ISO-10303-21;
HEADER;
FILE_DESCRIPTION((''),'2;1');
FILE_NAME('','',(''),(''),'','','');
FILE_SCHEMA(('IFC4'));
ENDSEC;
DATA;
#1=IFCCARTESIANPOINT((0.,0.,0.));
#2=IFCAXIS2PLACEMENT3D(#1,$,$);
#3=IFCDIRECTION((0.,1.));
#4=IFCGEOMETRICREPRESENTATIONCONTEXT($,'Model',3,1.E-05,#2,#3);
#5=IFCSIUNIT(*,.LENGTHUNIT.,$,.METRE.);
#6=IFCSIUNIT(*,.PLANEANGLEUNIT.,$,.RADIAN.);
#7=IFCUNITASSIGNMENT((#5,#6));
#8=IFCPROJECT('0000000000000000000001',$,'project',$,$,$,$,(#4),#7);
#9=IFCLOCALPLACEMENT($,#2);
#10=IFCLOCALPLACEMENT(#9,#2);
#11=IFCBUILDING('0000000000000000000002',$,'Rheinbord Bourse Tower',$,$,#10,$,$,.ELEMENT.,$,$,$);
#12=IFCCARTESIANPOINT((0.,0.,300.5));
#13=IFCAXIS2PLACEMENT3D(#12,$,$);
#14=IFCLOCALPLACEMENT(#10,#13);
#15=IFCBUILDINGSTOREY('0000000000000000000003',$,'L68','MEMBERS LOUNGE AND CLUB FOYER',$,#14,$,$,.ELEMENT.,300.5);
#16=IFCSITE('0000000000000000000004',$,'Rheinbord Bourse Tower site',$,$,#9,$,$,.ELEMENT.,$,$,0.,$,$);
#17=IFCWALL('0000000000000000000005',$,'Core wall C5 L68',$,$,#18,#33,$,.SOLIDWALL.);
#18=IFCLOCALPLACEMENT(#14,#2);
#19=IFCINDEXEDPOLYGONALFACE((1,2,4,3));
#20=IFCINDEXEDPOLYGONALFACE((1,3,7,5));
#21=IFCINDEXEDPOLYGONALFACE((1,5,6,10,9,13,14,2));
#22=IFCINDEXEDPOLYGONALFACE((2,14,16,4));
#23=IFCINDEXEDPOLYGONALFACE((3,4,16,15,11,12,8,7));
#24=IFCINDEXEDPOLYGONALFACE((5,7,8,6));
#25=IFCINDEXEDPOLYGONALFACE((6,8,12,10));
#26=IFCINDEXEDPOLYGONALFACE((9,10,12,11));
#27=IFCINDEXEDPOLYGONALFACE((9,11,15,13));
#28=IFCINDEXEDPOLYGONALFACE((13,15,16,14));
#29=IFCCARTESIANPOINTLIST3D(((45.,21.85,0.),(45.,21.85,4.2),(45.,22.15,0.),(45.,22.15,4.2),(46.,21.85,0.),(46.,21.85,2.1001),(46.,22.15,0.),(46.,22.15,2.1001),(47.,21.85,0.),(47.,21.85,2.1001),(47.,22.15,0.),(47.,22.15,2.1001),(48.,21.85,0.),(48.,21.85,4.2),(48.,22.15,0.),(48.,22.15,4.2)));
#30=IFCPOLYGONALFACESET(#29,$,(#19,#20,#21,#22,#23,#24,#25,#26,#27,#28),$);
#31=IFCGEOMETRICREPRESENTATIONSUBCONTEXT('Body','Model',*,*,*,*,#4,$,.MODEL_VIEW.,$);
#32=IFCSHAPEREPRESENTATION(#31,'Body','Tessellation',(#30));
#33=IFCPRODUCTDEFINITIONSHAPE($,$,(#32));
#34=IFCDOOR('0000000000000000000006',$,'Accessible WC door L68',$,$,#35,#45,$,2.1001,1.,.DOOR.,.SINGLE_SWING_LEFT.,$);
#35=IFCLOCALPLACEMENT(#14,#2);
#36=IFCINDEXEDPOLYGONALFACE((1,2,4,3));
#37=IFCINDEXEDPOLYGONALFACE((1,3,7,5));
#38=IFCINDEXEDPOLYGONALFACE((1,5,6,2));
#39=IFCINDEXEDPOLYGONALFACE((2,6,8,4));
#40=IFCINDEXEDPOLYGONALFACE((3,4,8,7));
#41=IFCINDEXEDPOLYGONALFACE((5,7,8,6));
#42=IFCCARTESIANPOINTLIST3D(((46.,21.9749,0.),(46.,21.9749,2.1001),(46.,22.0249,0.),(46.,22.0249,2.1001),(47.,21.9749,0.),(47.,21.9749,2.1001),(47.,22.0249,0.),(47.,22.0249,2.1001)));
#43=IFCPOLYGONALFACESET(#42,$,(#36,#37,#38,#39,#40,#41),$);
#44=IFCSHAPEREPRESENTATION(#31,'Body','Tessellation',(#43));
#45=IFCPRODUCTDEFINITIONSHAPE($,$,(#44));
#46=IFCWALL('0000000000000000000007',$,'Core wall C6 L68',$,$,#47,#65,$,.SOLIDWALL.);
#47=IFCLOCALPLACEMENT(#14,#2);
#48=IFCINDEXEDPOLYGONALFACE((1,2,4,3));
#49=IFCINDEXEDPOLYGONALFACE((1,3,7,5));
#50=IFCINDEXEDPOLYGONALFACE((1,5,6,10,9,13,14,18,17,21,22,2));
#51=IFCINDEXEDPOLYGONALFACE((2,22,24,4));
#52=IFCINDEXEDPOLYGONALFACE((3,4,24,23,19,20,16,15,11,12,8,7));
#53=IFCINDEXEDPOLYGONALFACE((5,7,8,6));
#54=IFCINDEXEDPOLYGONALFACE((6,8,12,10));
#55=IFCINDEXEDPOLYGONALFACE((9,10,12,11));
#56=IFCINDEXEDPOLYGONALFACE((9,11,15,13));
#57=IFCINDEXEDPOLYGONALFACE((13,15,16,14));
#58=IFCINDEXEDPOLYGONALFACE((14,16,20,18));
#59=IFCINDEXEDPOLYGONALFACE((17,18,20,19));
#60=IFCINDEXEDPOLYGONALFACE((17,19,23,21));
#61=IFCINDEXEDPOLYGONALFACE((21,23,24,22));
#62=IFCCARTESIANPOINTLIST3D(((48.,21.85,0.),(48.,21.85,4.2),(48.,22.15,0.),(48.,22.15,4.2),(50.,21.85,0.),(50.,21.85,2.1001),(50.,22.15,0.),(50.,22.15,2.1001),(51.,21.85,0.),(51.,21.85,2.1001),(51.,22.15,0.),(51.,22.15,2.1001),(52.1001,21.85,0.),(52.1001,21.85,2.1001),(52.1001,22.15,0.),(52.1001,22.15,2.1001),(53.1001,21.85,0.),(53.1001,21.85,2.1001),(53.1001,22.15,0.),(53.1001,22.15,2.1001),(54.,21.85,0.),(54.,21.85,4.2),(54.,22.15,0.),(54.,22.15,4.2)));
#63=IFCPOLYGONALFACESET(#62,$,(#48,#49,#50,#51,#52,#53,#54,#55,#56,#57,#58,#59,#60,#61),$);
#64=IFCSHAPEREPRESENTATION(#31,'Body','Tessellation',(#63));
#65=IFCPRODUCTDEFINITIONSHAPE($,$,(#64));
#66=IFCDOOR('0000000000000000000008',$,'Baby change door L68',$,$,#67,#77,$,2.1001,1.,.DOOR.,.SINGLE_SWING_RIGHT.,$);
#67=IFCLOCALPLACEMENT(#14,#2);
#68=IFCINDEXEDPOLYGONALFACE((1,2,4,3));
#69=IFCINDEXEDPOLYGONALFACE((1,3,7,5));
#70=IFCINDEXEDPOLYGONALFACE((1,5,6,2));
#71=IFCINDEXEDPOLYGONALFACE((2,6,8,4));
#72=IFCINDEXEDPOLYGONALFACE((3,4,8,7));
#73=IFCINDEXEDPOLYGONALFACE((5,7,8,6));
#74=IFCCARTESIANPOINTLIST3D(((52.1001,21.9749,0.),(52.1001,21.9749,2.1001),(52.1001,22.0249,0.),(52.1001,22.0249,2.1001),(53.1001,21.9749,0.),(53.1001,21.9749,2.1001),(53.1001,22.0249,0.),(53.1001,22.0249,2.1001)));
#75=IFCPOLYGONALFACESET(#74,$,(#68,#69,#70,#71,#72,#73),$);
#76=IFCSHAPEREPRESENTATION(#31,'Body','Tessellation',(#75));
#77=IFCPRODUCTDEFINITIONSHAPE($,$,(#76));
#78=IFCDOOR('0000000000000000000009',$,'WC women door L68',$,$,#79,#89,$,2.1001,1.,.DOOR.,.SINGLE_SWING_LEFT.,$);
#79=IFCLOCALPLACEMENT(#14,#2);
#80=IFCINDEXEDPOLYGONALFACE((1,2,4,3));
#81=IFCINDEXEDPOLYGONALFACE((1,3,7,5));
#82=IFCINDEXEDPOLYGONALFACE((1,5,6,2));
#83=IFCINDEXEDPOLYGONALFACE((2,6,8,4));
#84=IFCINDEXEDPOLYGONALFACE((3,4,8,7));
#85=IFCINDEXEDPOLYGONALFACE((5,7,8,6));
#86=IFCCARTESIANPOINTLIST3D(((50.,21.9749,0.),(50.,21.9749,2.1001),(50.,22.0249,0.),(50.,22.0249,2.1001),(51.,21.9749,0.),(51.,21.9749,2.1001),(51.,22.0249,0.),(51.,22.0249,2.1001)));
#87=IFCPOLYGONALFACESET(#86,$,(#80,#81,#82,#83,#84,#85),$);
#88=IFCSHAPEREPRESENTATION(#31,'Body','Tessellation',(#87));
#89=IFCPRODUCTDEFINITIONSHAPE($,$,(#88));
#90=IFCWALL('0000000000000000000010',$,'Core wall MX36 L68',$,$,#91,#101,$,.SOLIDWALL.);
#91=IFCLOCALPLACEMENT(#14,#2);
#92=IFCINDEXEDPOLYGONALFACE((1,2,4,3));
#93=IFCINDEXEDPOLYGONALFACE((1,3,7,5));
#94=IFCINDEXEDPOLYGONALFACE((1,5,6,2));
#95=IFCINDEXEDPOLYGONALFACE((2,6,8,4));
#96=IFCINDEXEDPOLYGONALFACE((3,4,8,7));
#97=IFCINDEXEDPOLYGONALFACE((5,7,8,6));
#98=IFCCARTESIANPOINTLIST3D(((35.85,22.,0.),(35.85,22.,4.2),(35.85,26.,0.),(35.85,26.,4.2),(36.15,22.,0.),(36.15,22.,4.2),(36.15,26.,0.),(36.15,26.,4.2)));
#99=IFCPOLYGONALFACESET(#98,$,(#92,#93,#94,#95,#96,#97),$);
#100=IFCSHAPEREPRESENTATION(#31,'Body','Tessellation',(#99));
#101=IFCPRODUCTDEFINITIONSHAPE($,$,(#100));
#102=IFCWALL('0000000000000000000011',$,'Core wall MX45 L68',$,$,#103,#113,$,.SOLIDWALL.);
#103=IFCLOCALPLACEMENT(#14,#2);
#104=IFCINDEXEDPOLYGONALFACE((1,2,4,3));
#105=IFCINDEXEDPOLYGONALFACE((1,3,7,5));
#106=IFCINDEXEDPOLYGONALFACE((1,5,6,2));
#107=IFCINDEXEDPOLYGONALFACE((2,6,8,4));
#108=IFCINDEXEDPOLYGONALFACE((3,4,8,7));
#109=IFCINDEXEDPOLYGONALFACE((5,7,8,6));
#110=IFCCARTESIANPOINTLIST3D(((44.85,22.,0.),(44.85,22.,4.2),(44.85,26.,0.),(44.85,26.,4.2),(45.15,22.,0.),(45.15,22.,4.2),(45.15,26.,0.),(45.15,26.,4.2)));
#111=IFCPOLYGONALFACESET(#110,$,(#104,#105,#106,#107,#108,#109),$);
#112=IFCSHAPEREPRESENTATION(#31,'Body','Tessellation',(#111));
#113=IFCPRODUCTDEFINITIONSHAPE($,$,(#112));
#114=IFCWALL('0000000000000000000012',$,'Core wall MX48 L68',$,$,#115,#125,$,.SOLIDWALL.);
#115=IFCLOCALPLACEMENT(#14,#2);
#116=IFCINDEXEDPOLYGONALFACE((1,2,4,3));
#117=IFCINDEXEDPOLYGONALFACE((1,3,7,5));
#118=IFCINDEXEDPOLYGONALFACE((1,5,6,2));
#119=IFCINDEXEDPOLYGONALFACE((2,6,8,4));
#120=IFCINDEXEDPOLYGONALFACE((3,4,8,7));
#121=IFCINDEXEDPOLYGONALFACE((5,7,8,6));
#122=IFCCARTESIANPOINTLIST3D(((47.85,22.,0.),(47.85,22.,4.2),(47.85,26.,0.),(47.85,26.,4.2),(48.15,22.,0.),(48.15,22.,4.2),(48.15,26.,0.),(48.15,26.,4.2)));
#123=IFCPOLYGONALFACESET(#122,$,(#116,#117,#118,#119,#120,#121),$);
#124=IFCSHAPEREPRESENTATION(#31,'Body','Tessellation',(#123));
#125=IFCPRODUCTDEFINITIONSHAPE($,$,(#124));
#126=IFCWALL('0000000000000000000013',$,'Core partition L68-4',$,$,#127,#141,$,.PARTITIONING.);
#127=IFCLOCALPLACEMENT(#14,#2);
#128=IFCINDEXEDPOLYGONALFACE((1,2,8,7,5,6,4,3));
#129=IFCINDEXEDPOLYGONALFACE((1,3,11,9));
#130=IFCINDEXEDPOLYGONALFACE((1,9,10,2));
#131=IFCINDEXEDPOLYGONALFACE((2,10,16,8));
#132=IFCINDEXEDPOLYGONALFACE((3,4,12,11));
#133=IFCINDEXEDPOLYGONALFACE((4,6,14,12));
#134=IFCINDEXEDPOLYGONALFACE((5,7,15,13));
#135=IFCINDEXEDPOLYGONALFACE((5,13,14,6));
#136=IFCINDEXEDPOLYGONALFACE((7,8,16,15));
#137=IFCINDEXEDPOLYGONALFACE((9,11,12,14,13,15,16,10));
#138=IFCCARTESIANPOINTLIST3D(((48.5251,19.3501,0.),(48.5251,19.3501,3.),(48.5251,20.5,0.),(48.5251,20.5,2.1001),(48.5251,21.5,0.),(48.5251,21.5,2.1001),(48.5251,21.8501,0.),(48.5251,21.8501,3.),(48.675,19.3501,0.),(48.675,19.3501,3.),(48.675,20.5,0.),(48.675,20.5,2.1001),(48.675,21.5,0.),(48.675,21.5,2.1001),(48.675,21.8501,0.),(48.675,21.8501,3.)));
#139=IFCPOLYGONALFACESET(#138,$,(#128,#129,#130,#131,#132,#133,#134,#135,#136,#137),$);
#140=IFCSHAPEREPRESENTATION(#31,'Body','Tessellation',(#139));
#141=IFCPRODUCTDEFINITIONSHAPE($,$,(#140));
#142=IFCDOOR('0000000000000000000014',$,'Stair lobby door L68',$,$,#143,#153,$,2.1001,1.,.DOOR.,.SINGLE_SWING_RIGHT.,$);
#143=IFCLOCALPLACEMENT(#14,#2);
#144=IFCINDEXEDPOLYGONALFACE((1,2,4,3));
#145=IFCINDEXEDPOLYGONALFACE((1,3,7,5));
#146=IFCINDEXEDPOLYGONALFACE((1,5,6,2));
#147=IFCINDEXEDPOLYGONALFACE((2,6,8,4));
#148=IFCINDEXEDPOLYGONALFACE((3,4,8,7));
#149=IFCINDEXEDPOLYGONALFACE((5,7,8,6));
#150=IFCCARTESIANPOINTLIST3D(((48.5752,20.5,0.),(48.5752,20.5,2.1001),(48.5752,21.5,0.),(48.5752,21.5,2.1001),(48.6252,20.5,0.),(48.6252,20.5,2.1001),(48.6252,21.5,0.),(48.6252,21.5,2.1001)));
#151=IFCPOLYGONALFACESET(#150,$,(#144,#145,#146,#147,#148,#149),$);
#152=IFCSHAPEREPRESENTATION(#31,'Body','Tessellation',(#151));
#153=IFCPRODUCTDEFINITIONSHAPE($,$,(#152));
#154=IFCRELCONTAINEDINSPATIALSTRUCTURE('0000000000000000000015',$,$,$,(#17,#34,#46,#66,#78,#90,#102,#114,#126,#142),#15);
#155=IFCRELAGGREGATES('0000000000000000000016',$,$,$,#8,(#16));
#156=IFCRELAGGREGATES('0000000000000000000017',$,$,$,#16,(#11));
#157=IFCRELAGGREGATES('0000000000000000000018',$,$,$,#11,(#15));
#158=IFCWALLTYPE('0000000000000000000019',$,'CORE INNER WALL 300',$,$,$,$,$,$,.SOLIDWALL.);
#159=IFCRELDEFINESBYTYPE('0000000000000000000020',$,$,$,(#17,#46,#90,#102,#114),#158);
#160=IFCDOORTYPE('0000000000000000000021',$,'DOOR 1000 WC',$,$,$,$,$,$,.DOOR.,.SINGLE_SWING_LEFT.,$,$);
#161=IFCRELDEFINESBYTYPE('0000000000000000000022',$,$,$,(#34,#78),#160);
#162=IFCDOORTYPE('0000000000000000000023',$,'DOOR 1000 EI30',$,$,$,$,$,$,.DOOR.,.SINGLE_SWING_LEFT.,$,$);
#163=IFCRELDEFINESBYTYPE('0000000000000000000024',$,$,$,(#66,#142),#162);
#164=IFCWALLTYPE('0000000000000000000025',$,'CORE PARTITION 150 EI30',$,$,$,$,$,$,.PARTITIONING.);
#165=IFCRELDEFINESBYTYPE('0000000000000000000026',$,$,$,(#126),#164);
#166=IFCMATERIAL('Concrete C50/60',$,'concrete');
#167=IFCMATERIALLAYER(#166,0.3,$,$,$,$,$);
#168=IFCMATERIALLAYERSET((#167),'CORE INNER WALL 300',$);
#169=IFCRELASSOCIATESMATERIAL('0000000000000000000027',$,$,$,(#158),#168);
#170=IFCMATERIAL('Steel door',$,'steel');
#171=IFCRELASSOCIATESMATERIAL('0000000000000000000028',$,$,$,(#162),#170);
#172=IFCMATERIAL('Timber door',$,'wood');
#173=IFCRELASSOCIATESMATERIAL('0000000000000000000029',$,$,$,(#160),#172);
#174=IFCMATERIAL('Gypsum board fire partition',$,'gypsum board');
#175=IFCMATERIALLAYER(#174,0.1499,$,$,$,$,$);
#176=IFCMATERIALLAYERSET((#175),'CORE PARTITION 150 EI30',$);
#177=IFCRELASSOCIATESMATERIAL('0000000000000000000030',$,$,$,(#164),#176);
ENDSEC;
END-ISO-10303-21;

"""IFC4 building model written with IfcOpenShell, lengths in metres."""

from ifc_helpers import new_model, si_unit, direction, frame, frame_2d, origin, place, context, subcontext, project, spatial, rectangle, extrude, material, layer, layer_set, type_object, element, fill, save


model = new_model("IFC4")

# Units and contexts
model_context = context("Model", 3, precision=1e-05, world=origin(), true_north=direction((0.0, 1.0)))
body_context = subcontext(model_context, "Body", "Model", "MODEL_VIEW")
ifc_project = project(units=[si_unit("LENGTHUNIT", "METRE"), si_unit("PLANEANGLEUNIT", "RADIAN")], contexts=[model_context])

# Site, building, storey
site_placement = place(None, origin())
site = spatial("IfcSite", under=ifc_project, at=site_placement, Name="Rheinbord Bourse Tower site", CompositionType="ELEMENT", RefElevation=0.0)
building_placement = place(site_placement, origin())
building = spatial("IfcBuilding", under=site, at=building_placement, Name="Rheinbord Bourse Tower", CompositionType="ELEMENT")
storey_placement = place(building_placement, frame((0.0, 0.0, 300.5)))
storey = spatial("IfcBuildingStorey", under=building, at=storey_placement, Name="L68", Description="MEMBERS LOUNGE AND CLUB FOYER", CompositionType="ELEMENT", Elevation=300.5)

# Wall, opening, door
ifc_material_1 = material(Name="Concrete C50/60", Category="concrete")
ifc_layer_1 = layer(ifc_material_1, 0.3)
ifc_layer_set_1 = layer_set([ifc_layer_1], Name="CORE INNER WALL 300")
wall_type_1 = type_object("IfcWallType", Name="CORE INNER WALL 300", PredefinedType="SOLIDWALL", material=ifc_layer_set_1)
ifc_material_2 = material(Name="Steel door", Category="steel")
door_type_1 = type_object("IfcDoorType", Name="DOOR 1000 EI30", OperationType="SINGLE_SWING_LEFT", PredefinedType="DOOR", material=ifc_material_2)
wall_1_placement = place(storey_placement, frame((45.0, 22.0, 0.0), z_axis=(0.0, 0.0, 1.0), x_axis=(1.0, 0.0, 0.0)))
wall_1 = element("IfcWall", 1, at=wall_1_placement, inside=storey, type_object=wall_type_1, Name="Core wall C5 L68", PredefinedType="SOLIDWALL", context=body_context, shape_type="SweptSolid", body=[
    extrude(rectangle(XDim=3.0, YDim=0.3, at=frame_2d((1.5, 0.0))), origin(), (0.0, 0.0, 1.0), 4.2),
])
opening_1_placement = place(wall_1_placement, frame((1.0, 0.0, 0.0)))
opening_1 = element("IfcOpeningElement", 2, at=opening_1_placement, cuts=wall_1, PredefinedType="OPENING", context=body_context, shape_type="SweptSolid", body=[
    extrude(rectangle(XDim=1.0, YDim=2.1001, at=frame_2d((0.5, 1.05))), frame((0.0, 0.1599, 0.0), z_axis=(0.0, -1.0, 0.0), x_axis=(1.0, 0.0, 0.0)), (0.0, 0.0, 1.0), 0.3201),
])
ifc_material_3 = material(Name="Timber door", Category="wood")
door_type_2 = type_object("IfcDoorType", Name="DOOR 1000 WC", OperationType="SINGLE_SWING_LEFT", PredefinedType="DOOR", material=ifc_material_3)
door_1_placement = place(opening_1_placement, origin())
door_1 = element("IfcDoor", 3, at=door_1_placement, inside=storey, type_object=door_type_2, Name="Accessible WC door L68", OperationType="SINGLE_SWING_LEFT", OverallHeight=2.1001, OverallWidth=1.0, PredefinedType="DOOR", context=body_context, shape_type="SweptSolid", body=[
    extrude(rectangle(XDim=1.0, YDim=2.1001, at=frame_2d((0.5, 1.05))), frame((0.0, 0.0249, 0.0), z_axis=(0.0, -1.0, 0.0), x_axis=(1.0, 0.0, 0.0)), (0.0, 0.0, 1.0), 0.05),
])
fill(opening_1, door_1)

# Wall, openings, doors
wall_2_placement = place(storey_placement, frame((48.0, 22.0, 0.0), z_axis=(0.0, 0.0, 1.0), x_axis=(1.0, 0.0, 0.0)))
wall_2 = element("IfcWall", 4, at=wall_2_placement, inside=storey, type_object=wall_type_1, Name="Core wall C6 L68", PredefinedType="SOLIDWALL", context=body_context, shape_type="SweptSolid", body=[
    extrude(rectangle(XDim=6.0, YDim=0.3, at=frame_2d((3.0, 0.0))), origin(), (0.0, 0.0, 1.0), 4.2),
])
opening_2_placement = place(wall_2_placement, frame((2.0, 0.0, 0.0)))
opening_2 = element("IfcOpeningElement", 5, at=opening_2_placement, cuts=wall_2, PredefinedType="OPENING", context=body_context, shape_type="SweptSolid", body=[
    extrude(rectangle(XDim=1.0, YDim=2.1001, at=frame_2d((0.5, 1.05))), frame((0.0, 0.1599, 0.0), z_axis=(0.0, -1.0, 0.0), x_axis=(1.0, 0.0, 0.0)), (0.0, 0.0, 1.0), 0.3201),
])
opening_3_placement = place(wall_2_placement, frame((4.1001, 0.0, 0.0)))
opening_3 = element("IfcOpeningElement", 6, at=opening_3_placement, cuts=wall_2, PredefinedType="OPENING", context=body_context, shape_type="SweptSolid", body=[
    extrude(rectangle(XDim=1.0, YDim=2.1001, at=frame_2d((0.5, 1.05))), frame((0.0, 0.1599, 0.0), z_axis=(0.0, -1.0, 0.0), x_axis=(1.0, 0.0, 0.0)), (0.0, 0.0, 1.0), 0.3201),
])
door_2_placement = place(opening_3_placement, origin())
door_2 = element("IfcDoor", 7, at=door_2_placement, inside=storey, type_object=door_type_1, Name="Baby change door L68", OperationType="SINGLE_SWING_RIGHT", OverallHeight=2.1001, OverallWidth=1.0, PredefinedType="DOOR", context=body_context, shape_type="SweptSolid", body=[
    extrude(rectangle(XDim=1.0, YDim=2.1001, at=frame_2d((0.5, 1.05))), frame((0.0, 0.0249, 0.0), z_axis=(0.0, -1.0, 0.0), x_axis=(1.0, 0.0, 0.0)), (0.0, 0.0, 1.0), 0.05),
])
fill(opening_3, door_2)
door_3_placement = place(opening_2_placement, origin())
door_3 = element("IfcDoor", 8, at=door_3_placement, inside=storey, type_object=door_type_2, Name="WC women door L68", OperationType="SINGLE_SWING_LEFT", OverallHeight=2.1001, OverallWidth=1.0, PredefinedType="DOOR", context=body_context, shape_type="SweptSolid", body=[
    extrude(rectangle(XDim=1.0, YDim=2.1001, at=frame_2d((0.5, 1.05))), frame((0.0, 0.0249, 0.0), z_axis=(0.0, -1.0, 0.0), x_axis=(1.0, 0.0, 0.0)), (0.0, 0.0, 1.0), 0.05),
])
fill(opening_2, door_3)

# Walls
for number, where, z_axis, x_axis, name in (
    (9, (36.0, 22.0, 0.0), (0.0, 0.0, 1.0), (0.0, 1.0, 0.0), "Core wall MX36 L68"),
    (10, (45.0, 22.0, 0.0), (0.0, 0.0, 1.0), (0.0, 1.0, 0.0), "Core wall MX45 L68"),
    (11, (48.0, 22.0, 0.0), (0.0, 0.0, 1.0), (0.0, 1.0, 0.0), "Core wall MX48 L68"),
):
    element("IfcWall", number, at=place(storey_placement, frame(where, z_axis=z_axis, x_axis=x_axis)), inside=storey, type_object=wall_type_1, Name=name, PredefinedType="SOLIDWALL", context=body_context, shape_type="SweptSolid", body=[
        extrude(rectangle(XDim=4.0, YDim=0.3, at=frame_2d((2.0, 0.0))), origin(), (0.0, 0.0, 1.0), 4.2),
    ])

# Wall, opening, door
ifc_material_4 = material(Name="Gypsum board fire partition", Category="gypsum board")
ifc_layer_2 = layer(ifc_material_4, 0.1499)
ifc_layer_set_2 = layer_set([ifc_layer_2], Name="CORE PARTITION 150 EI30")
wall_type_2 = type_object("IfcWallType", Name="CORE PARTITION 150 EI30", PredefinedType="PARTITIONING", material=ifc_layer_set_2)
wall_3_placement = place(storey_placement, frame((48.6001, 19.3501, 0.0), z_axis=(0.0, 0.0, 1.0), x_axis=(0.0, 1.0, 0.0)))
wall_3 = element("IfcWall", 12, at=wall_3_placement, inside=storey, type_object=wall_type_2, Name="Core partition L68-4", PredefinedType="PARTITIONING", context=body_context, shape_type="SweptSolid", body=[
    extrude(rectangle(XDim=2.5, YDim=0.1499, at=frame_2d((1.25, 0.0))), origin(), (0.0, 0.0, 1.0), 3.0),
])
opening_4_placement = place(wall_3_placement, frame((1.1499, 0.0, 0.0)))
opening_4 = element("IfcOpeningElement", 13, at=opening_4_placement, cuts=wall_3, PredefinedType="OPENING", context=body_context, shape_type="SweptSolid", body=[
    extrude(rectangle(XDim=1.0, YDim=2.1001, at=frame_2d((0.5, 1.05))), frame((0.0, 0.085, 0.0), z_axis=(0.0, -1.0, 0.0), x_axis=(1.0, 0.0, 0.0)), (0.0, 0.0, 1.0), 0.1699),
])
door_4_placement = place(opening_4_placement, origin())
door_4 = element("IfcDoor", 14, at=door_4_placement, inside=storey, type_object=door_type_1, Name="Stair lobby door L68", OperationType="SINGLE_SWING_RIGHT", OverallHeight=2.1001, OverallWidth=1.0, PredefinedType="DOOR", context=body_context, shape_type="SweptSolid", body=[
    extrude(rectangle(XDim=1.0, YDim=2.1001, at=frame_2d((0.5, 1.05))), frame((0.0, 0.0249, 0.0), z_axis=(0.0, -1.0, 0.0), x_axis=(1.0, 0.0, 0.0)), (0.0, 0.0, 1.0), 0.05),
])
fill(opening_4, door_4)

save(model, "model.ifc")
